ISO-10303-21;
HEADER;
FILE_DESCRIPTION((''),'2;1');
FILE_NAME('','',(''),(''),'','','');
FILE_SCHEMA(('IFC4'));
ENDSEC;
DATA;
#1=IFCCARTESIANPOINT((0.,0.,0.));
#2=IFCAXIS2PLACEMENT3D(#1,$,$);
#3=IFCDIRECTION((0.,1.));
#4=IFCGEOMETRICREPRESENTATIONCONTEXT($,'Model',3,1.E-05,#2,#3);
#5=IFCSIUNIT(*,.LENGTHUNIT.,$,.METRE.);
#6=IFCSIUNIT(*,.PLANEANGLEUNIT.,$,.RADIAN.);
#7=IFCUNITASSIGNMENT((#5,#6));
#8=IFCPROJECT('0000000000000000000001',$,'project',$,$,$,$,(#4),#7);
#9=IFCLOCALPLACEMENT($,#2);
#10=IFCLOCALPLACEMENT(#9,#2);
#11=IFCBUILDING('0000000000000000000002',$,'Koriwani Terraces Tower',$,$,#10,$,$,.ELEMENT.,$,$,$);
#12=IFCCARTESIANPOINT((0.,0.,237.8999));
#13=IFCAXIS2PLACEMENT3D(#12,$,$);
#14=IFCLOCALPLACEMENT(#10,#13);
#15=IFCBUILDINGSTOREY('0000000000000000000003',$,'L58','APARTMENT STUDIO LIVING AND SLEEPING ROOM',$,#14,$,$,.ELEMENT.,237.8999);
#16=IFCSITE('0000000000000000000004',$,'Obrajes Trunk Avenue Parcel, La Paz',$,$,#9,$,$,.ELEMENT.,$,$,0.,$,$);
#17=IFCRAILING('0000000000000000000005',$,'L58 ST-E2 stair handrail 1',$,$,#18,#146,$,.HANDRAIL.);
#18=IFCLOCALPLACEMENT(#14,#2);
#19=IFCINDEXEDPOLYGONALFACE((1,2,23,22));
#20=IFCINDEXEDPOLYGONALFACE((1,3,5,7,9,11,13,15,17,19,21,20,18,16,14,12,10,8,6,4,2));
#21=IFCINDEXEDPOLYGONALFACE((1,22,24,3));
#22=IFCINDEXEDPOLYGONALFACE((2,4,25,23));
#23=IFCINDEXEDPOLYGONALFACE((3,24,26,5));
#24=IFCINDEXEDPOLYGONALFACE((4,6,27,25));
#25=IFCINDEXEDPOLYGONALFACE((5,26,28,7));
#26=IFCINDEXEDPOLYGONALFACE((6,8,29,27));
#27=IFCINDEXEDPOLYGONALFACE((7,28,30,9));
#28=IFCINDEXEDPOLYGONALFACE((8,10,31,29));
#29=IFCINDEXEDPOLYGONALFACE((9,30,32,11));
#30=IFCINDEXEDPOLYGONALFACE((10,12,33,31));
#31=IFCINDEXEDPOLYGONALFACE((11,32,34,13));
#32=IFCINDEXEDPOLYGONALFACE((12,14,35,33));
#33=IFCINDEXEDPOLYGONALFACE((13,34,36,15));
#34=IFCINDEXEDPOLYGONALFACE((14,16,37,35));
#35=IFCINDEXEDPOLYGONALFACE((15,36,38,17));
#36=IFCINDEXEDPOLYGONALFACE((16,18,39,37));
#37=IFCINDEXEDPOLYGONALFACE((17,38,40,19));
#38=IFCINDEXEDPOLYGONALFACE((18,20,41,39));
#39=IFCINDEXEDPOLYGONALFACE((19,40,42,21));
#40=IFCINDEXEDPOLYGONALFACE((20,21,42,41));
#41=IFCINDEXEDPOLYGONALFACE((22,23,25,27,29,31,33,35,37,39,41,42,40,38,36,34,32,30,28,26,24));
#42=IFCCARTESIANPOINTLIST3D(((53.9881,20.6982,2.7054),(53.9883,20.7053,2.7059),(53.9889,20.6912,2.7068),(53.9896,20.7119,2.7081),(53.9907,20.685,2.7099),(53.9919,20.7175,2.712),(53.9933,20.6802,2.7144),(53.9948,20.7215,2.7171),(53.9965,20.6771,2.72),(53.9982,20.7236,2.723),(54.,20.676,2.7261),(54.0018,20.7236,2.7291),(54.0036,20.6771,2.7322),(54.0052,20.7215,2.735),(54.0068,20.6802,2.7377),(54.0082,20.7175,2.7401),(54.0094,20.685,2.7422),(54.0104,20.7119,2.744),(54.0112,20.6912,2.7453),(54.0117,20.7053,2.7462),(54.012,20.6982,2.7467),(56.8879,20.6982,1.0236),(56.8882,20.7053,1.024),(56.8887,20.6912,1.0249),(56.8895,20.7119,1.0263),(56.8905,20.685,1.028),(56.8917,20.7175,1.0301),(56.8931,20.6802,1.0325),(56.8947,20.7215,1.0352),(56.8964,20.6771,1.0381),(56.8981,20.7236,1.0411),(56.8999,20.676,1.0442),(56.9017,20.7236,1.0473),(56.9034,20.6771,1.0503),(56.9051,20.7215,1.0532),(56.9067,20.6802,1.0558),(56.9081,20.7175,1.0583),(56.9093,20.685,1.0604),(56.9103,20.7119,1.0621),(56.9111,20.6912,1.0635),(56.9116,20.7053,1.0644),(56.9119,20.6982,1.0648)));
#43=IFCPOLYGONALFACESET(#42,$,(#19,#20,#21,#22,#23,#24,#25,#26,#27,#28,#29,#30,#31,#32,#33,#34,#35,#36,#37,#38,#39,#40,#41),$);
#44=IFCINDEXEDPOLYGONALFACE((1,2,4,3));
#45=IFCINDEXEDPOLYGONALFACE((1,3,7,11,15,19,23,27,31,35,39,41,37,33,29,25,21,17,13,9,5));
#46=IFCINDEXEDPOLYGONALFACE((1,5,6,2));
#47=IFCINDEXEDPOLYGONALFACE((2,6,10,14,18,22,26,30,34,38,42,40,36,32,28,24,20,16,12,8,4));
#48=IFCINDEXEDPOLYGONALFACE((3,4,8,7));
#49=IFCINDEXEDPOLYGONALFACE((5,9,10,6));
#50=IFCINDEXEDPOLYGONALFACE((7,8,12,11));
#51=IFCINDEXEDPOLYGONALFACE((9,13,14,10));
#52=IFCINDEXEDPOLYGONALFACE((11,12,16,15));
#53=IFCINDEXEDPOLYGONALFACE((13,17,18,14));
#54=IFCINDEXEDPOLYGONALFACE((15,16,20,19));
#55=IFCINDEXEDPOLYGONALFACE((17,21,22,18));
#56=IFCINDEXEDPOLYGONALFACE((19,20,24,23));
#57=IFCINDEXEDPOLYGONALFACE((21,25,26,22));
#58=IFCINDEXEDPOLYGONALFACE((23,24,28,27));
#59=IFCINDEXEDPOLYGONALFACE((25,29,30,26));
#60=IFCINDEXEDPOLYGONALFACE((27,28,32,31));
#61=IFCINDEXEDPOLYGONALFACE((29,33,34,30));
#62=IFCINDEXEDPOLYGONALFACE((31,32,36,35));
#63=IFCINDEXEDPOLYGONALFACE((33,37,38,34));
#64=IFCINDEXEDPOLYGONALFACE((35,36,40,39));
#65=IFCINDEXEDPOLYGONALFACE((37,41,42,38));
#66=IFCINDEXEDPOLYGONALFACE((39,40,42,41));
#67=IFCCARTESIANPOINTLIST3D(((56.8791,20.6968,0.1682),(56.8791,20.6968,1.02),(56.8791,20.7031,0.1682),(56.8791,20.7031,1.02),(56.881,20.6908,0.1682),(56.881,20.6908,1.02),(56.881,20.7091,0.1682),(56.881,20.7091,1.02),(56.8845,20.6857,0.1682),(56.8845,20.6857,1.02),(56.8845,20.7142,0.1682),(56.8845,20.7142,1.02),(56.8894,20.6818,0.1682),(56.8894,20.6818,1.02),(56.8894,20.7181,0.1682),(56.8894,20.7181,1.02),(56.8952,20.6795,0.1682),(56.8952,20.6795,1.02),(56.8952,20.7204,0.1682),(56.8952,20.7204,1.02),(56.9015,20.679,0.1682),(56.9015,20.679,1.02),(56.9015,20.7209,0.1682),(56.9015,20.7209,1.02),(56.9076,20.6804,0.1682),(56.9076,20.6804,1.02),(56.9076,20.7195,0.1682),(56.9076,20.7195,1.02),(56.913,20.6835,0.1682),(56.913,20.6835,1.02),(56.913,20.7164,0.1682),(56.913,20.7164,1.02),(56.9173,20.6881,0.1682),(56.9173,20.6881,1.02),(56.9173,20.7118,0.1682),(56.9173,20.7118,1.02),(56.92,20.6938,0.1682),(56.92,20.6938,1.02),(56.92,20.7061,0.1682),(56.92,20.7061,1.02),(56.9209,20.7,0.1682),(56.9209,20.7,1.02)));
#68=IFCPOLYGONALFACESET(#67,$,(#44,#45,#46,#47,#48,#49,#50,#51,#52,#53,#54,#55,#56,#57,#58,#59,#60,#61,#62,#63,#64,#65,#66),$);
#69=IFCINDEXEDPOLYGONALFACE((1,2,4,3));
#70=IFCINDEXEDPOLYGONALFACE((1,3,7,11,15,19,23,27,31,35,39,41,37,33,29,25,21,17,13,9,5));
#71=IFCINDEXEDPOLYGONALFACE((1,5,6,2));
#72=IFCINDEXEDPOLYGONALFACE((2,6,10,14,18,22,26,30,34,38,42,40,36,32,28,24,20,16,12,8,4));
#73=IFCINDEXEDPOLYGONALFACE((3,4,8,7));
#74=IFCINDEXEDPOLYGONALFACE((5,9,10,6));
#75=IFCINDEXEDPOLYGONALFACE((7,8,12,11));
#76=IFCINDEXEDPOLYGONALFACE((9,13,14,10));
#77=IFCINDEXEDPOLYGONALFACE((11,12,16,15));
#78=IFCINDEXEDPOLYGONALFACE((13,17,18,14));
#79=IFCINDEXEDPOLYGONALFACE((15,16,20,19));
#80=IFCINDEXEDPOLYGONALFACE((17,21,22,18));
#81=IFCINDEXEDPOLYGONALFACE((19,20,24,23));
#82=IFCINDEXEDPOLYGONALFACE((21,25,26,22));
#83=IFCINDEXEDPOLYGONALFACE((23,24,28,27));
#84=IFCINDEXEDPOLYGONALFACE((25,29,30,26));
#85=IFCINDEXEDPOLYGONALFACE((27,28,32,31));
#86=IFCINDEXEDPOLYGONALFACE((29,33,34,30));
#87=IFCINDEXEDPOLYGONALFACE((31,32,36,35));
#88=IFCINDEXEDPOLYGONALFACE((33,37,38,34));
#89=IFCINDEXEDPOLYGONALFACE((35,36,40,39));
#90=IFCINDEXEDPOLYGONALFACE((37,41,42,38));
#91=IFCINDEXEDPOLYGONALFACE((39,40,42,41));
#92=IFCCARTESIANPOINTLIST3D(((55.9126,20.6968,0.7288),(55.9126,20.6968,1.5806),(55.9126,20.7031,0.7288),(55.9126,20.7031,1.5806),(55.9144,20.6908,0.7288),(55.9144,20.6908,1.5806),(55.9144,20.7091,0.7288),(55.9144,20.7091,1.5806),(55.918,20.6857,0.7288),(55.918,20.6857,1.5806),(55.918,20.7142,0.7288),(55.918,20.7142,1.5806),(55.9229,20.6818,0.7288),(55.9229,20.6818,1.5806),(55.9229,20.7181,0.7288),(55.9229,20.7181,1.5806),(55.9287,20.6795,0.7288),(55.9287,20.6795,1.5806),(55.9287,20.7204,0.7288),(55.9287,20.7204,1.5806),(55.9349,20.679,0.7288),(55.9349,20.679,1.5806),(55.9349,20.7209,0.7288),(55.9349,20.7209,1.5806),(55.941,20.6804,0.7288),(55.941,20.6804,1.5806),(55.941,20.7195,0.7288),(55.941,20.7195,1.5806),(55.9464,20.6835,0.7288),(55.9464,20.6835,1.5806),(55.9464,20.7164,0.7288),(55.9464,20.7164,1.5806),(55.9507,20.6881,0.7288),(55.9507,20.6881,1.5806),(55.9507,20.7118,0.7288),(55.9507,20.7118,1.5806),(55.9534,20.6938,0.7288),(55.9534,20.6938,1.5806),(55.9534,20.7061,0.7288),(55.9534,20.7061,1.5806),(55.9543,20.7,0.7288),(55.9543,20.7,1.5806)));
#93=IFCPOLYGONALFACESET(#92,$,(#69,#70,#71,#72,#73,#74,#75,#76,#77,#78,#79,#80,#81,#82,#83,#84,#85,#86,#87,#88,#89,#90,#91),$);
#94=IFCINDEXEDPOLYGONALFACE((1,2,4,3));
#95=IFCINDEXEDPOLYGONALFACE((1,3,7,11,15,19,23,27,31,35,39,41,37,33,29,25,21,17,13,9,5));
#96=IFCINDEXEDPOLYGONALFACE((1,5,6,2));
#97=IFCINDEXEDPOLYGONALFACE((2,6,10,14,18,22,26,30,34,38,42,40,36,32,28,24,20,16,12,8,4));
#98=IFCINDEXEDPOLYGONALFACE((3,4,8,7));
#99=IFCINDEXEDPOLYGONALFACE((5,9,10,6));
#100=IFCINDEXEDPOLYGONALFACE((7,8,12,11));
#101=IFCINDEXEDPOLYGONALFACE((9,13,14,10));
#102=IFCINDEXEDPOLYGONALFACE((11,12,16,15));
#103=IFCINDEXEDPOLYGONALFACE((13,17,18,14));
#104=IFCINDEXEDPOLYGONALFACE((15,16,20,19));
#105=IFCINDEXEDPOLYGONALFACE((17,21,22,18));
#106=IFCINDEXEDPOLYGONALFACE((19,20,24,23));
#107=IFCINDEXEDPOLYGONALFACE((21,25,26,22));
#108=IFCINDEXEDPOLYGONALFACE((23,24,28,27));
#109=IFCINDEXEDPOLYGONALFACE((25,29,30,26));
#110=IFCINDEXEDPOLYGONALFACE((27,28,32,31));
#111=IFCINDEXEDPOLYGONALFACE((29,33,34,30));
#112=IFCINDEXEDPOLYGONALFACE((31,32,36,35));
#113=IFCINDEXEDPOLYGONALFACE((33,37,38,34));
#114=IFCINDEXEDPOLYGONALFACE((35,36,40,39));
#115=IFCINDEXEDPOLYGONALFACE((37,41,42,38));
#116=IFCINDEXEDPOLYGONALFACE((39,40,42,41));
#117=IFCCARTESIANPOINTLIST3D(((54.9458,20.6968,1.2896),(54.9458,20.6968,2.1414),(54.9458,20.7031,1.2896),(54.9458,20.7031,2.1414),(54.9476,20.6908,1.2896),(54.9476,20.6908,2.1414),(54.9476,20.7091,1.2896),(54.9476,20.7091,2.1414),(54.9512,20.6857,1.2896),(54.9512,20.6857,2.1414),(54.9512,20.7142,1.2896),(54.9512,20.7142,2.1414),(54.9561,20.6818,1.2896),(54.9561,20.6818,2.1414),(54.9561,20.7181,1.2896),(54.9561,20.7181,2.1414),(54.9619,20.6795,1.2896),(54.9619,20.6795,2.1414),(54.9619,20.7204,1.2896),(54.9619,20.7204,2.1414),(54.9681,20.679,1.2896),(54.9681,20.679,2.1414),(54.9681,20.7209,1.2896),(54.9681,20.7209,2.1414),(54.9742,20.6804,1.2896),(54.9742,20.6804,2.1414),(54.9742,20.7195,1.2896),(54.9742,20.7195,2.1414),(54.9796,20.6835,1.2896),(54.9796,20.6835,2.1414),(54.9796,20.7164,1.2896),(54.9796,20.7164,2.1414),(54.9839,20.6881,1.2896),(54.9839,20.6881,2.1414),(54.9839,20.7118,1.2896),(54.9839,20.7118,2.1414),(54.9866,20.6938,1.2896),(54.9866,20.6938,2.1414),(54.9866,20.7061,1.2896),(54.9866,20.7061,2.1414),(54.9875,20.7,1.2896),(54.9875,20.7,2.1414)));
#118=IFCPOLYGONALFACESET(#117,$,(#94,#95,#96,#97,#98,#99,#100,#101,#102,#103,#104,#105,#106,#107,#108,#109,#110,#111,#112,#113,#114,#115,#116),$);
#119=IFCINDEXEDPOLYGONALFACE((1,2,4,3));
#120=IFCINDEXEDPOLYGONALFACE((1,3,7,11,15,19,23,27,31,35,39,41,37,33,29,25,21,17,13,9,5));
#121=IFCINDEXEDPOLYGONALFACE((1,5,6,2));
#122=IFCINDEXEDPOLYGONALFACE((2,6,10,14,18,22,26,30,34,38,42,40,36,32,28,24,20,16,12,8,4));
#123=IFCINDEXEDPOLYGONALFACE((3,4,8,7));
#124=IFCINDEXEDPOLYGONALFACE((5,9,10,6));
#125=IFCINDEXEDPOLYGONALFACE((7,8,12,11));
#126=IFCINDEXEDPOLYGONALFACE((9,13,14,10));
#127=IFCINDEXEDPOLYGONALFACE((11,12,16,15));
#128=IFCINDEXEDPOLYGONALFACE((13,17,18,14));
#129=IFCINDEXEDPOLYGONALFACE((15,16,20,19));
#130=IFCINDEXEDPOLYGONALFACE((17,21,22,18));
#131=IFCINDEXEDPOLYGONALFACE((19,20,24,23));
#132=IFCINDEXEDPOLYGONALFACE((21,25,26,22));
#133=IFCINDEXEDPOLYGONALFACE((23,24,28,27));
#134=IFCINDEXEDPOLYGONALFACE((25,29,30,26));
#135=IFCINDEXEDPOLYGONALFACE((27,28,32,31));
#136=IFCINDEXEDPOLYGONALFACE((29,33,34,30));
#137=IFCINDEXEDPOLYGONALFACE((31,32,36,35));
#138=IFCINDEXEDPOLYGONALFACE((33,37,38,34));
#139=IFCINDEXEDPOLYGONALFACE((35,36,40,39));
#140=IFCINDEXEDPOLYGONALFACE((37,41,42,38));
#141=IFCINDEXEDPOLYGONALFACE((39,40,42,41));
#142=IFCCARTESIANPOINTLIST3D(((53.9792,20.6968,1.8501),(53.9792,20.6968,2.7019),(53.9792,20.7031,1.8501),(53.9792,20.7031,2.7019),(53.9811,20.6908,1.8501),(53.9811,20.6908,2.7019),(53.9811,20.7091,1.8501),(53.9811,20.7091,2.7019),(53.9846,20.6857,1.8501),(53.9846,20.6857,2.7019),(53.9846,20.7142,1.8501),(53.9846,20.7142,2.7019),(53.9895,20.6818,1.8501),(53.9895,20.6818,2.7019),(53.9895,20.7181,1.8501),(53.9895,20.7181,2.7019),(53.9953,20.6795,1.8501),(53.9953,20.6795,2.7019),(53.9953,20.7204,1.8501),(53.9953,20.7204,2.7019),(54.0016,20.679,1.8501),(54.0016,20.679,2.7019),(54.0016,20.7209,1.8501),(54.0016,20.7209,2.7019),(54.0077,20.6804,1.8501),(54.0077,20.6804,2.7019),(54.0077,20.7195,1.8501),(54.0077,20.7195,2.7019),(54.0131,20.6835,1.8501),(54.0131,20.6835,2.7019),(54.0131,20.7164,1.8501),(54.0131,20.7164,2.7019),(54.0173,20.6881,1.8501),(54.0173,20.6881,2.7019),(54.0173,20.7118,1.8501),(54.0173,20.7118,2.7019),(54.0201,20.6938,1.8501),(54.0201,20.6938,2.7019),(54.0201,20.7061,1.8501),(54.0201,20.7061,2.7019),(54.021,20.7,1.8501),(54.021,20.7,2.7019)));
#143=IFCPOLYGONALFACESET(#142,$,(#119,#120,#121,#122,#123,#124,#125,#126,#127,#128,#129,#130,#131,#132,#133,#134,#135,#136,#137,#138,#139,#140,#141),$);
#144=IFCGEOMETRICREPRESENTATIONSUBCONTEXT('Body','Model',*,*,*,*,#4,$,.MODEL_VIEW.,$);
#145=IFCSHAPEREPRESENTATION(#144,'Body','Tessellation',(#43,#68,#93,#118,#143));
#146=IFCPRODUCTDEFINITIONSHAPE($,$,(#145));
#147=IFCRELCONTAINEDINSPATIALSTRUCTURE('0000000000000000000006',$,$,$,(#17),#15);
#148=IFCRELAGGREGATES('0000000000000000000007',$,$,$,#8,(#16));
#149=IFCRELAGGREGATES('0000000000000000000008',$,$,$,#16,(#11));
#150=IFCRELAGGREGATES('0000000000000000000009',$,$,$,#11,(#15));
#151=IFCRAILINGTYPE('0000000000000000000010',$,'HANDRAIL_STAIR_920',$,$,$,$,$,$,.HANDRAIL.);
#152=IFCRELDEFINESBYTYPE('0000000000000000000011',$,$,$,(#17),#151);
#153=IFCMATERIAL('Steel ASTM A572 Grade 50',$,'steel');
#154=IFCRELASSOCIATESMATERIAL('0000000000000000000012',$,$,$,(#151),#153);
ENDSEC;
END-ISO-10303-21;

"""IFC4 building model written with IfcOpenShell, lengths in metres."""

from ifc_helpers import new_model, si_unit, direction, frame, origin, origin_2d, place, context, subcontext, project, spatial, circle, extrude, material, type_object, element, save


model = new_model("IFC4")

# Units and contexts
model_context = context("Model", 3, precision=1e-05, world=origin(), true_north=direction((0.0, 1.0)))
body_context = subcontext(model_context, "Body", "Model", "MODEL_VIEW")
ifc_project = project(units=[si_unit("LENGTHUNIT", "METRE"), si_unit("PLANEANGLEUNIT", "RADIAN")], contexts=[model_context])

# Site, building, storey
site_placement = place(None, origin())
site = spatial("IfcSite", under=ifc_project, at=site_placement, Name="Obrajes Trunk Avenue Parcel, La Paz", CompositionType="ELEMENT", RefElevation=0.0)
building_placement = place(site_placement, origin())
building = spatial("IfcBuilding", under=site, at=building_placement, Name="Koriwani Terraces Tower", CompositionType="ELEMENT")
storey_placement = place(building_placement, frame((0.0, 0.0, 237.8999)))
storey = spatial("IfcBuildingStorey", under=building, at=storey_placement, Name="L58", Description="APARTMENT STUDIO LIVING AND SLEEPING ROOM", CompositionType="ELEMENT", Elevation=237.8999)

# Shared definitions
ifc_material_1 = material(Name="Steel ASTM A572 Grade 50", Category="steel")

# Railing
railing_type_1 = type_object("IfcRailingType", Name="HANDRAIL_STAIR_920", PredefinedType="HANDRAIL", material=ifc_material_1)
railing_1_placement = place(storey_placement, frame((56.8999, 20.7, 0.1682)))
element("IfcRailing", 1, at=railing_1_placement, inside=storey, type_object=railing_type_1, Name="L58 ST-E2 stair handrail 1", PredefinedType="HANDRAIL", context=body_context, shape_type="SweptSolid", body=[
    extrude(circle(Radius=0.0239, at=origin_2d()), frame((0.0, 0.0, 0.876), z_axis=(-0.865039, 0.0, 0.501705), x_axis=(0.0, -1.0, 0.0)), (0.0, 0.0, 1.0), 3.3523),
    extrude(circle(Radius=0.021, at=origin_2d()), origin(), (0.0, 0.0, 1.0), 0.8518),
    extrude(circle(Radius=0.021, at=origin_2d()), frame((-0.9666, 0.0, 0.5605)), (0.0, 0.0, 1.0), 0.8518),
    extrude(circle(Radius=0.021, at=origin_2d()), frame((-1.9333, 0.0, 1.1213)), (0.0, 0.0, 1.0), 0.8518),
    extrude(circle(Radius=0.021, at=origin_2d()), frame((-2.8999, 0.0, 1.6819)), (0.0, 0.0, 1.0), 0.8518),
])

save(model, "model.ifc")
